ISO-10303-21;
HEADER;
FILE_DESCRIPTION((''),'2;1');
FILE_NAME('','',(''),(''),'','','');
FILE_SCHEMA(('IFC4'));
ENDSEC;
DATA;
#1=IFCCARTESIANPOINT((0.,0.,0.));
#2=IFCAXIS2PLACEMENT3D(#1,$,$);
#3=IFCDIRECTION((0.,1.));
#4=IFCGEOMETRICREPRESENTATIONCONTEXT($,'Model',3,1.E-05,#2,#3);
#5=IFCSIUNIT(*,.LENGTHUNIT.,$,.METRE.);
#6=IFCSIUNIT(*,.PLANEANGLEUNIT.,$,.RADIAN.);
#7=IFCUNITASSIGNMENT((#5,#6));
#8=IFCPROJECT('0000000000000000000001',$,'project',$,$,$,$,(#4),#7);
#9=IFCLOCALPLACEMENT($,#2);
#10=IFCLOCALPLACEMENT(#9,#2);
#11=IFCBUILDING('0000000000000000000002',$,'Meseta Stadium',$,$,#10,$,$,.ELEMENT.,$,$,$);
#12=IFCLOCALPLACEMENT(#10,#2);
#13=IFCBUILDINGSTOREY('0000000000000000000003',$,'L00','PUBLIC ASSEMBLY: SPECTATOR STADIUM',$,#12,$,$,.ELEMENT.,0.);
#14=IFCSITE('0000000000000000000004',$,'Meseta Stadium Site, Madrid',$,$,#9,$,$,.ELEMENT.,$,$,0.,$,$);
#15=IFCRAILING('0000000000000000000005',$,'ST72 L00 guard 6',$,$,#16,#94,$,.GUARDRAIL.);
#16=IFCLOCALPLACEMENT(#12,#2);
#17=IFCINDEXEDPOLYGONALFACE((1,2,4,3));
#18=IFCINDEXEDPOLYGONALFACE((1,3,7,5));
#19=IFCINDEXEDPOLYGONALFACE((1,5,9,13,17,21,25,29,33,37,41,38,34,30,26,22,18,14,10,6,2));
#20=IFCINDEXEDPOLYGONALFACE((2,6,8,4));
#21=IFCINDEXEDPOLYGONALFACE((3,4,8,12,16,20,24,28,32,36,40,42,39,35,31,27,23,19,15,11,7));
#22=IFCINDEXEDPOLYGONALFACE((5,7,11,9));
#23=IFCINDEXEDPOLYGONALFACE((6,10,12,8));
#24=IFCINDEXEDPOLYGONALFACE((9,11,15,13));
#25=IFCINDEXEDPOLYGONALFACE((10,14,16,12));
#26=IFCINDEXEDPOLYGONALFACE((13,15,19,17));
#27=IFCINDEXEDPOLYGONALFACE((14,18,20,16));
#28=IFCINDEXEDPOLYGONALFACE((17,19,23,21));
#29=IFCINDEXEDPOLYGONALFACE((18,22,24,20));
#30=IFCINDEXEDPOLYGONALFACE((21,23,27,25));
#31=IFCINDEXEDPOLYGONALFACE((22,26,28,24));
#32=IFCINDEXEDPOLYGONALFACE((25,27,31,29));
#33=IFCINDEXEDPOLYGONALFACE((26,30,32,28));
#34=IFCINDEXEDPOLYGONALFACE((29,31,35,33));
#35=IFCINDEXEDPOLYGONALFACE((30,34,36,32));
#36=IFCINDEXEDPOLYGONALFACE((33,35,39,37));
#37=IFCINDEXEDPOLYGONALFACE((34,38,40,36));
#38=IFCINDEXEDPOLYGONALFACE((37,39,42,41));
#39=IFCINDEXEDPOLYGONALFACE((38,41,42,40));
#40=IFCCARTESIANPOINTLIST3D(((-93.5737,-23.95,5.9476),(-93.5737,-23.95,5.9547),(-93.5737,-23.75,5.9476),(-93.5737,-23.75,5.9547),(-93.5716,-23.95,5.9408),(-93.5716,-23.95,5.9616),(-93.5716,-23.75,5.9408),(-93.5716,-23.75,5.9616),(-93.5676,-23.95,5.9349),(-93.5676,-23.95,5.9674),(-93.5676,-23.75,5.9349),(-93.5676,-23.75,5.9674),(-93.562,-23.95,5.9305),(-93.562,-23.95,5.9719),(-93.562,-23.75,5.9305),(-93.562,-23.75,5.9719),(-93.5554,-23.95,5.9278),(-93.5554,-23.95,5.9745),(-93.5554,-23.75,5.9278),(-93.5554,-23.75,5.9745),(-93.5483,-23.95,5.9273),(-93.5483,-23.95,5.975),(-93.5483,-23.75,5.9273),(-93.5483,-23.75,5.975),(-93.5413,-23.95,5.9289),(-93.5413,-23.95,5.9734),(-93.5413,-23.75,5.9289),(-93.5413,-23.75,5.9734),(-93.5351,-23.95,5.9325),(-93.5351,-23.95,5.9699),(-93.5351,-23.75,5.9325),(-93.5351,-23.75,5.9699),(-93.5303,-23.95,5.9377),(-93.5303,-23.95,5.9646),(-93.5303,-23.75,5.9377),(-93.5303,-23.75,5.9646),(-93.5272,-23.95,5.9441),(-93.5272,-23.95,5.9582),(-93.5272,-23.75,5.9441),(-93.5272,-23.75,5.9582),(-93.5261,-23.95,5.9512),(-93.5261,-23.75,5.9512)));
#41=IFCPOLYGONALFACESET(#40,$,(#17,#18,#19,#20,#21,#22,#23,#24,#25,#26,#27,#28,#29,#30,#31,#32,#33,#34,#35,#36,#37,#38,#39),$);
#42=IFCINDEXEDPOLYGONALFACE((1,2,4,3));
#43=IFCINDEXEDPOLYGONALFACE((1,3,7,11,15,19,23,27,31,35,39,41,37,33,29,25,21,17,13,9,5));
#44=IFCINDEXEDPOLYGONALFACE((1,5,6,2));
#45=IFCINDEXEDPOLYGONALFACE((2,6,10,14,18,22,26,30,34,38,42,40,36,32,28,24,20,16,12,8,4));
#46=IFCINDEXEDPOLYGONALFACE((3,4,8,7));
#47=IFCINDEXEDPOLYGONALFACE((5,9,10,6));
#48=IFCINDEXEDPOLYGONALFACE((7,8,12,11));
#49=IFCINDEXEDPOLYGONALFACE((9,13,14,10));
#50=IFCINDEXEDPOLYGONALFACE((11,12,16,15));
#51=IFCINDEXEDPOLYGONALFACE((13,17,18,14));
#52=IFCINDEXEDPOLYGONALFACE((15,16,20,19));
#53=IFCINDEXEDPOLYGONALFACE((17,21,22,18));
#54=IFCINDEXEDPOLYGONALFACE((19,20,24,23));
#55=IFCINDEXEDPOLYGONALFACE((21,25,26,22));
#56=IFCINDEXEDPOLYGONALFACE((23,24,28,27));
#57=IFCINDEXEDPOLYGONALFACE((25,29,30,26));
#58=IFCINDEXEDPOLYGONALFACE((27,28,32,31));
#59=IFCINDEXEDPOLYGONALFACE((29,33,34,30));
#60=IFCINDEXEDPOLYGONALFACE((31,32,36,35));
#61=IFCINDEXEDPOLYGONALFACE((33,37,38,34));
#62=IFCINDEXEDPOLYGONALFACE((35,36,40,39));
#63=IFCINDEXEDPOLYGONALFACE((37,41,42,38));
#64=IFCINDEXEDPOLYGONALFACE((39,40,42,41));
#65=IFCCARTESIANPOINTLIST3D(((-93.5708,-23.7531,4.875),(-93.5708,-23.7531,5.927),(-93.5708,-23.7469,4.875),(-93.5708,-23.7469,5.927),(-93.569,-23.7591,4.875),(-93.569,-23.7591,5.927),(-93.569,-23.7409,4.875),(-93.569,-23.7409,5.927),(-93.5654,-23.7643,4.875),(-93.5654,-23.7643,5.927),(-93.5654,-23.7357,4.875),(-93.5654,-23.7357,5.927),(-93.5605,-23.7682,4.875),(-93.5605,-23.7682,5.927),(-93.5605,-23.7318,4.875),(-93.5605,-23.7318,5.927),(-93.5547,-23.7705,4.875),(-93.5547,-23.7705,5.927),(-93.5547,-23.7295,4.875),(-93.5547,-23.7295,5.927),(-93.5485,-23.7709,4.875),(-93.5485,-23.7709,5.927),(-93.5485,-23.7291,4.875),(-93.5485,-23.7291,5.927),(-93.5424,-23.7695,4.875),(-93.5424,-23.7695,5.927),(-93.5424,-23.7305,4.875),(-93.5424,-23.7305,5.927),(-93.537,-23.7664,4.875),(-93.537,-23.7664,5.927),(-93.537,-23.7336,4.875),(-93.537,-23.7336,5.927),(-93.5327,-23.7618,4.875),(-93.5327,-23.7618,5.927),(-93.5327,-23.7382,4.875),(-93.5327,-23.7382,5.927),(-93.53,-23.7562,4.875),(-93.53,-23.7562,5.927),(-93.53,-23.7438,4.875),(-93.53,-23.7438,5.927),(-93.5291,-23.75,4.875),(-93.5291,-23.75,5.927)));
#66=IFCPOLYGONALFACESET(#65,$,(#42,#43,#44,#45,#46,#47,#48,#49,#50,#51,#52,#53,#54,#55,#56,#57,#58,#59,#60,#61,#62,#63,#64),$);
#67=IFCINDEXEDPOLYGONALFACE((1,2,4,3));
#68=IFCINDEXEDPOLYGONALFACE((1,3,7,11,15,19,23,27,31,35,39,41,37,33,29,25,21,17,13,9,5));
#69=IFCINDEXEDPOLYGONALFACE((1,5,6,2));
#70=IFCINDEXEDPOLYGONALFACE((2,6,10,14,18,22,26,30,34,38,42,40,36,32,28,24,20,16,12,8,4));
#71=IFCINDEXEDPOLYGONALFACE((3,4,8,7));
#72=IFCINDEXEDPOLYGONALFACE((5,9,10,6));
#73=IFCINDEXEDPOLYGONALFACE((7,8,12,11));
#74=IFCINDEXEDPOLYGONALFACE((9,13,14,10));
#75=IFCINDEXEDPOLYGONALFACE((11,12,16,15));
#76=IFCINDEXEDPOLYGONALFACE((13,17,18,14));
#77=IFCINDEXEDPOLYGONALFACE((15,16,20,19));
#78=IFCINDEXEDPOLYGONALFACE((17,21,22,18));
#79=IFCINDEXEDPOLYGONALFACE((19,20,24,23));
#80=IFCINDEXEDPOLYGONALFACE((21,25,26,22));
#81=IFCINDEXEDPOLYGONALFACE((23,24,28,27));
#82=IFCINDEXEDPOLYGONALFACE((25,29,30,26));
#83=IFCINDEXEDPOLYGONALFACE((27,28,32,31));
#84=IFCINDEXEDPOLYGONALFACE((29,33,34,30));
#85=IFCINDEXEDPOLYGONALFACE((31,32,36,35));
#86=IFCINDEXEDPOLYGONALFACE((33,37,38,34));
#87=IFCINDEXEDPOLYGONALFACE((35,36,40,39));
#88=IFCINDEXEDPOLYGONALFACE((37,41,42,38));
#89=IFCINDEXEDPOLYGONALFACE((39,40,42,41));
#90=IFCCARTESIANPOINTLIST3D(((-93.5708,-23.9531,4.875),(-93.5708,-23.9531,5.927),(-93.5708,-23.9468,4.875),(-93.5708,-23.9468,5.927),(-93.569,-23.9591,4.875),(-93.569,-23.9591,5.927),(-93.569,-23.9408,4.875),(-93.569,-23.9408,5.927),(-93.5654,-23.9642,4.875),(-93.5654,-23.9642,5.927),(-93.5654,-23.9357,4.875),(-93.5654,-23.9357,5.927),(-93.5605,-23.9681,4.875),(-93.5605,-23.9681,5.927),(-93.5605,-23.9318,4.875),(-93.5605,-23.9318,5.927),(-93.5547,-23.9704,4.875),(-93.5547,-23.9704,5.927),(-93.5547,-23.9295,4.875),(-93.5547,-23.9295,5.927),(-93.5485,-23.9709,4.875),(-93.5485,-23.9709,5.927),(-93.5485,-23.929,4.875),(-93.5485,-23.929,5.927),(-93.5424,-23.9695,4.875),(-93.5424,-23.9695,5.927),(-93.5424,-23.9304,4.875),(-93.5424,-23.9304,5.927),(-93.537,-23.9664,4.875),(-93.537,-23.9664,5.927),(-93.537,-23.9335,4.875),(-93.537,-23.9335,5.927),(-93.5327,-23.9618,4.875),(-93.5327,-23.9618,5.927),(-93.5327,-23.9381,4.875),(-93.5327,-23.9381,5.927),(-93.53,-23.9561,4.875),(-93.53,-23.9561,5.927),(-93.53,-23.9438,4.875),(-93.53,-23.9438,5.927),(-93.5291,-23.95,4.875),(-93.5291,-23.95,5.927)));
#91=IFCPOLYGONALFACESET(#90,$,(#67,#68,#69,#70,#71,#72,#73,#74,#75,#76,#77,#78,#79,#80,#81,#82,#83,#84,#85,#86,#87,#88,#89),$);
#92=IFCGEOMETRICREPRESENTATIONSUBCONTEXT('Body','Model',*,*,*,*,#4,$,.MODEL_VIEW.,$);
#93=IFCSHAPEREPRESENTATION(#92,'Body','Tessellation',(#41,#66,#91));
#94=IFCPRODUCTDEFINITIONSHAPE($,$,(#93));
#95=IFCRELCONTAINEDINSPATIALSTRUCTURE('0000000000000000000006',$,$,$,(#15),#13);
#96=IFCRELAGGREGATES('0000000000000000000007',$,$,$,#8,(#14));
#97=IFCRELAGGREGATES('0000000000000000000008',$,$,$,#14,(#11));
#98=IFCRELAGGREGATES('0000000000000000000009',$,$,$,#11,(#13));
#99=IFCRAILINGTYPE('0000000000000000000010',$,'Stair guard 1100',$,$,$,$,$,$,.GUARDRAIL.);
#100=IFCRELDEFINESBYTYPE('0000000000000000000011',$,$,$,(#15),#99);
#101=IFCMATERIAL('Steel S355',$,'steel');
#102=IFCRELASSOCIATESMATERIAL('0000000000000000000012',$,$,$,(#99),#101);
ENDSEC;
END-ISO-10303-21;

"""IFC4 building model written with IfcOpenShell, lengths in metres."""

from ifc_helpers import new_model, si_unit, direction, frame, origin, origin_2d, place, context, subcontext, project, spatial, circle, extrude, material, type_object, element, save


model = new_model("IFC4")

# Units and contexts
model_context = context("Model", 3, precision=1e-05, world=origin(), true_north=direction((0.0, 1.0)))
body_context = subcontext(model_context, "Body", "Model", "MODEL_VIEW")
ifc_project = project(units=[si_unit("LENGTHUNIT", "METRE"), si_unit("PLANEANGLEUNIT", "RADIAN")], contexts=[model_context])

# Site, building, storey
site_placement = place(None, origin())
site = spatial("IfcSite", under=ifc_project, at=site_placement, Name="Meseta Stadium Site, Madrid", CompositionType="ELEMENT", RefElevation=0.0)
building_placement = place(site_placement, origin())
building = spatial("IfcBuilding", under=site, at=building_placement, Name="Meseta Stadium", CompositionType="ELEMENT")
storey_placement = place(building_placement, origin())
storey = spatial("IfcBuildingStorey", under=building, at=storey_placement, Name="L00", Description="PUBLIC ASSEMBLY: SPECTATOR STADIUM", CompositionType="ELEMENT", Elevation=0.0)

# Railing
ifc_material_1 = material(Name="Steel S355", Category="steel")
railing_type_1 = type_object("IfcRailingType", Name="Stair guard 1100", PredefinedType="GUARDRAIL", material=ifc_material_1)
railing_1_placement = place(storey_placement, frame((-93.55, -23.75, 4.875)))
element("IfcRailing", 1, at=railing_1_placement, inside=storey, type_object=railing_type_1, Name="ST72 L00 guard 6", PredefinedType="GUARDRAIL", context=body_context, shape_type="SweptSolid", body=[
    extrude(circle(Radius=0.0239, at=origin_2d()), frame((0.0, 0.0, 1.0762), z_axis=(0.0, -1.0, 0.0), x_axis=(1.0, 0.0, 0.0)), (0.0, 0.0, 1.0), 0.2),
    extrude(circle(Radius=0.021, at=origin_2d()), origin(), (0.0, 0.0, 1.0), 1.052),
    extrude(circle(Radius=0.021, at=origin_2d()), frame((0.0, -0.2, 0.0)), (0.0, 0.0, 1.0), 1.052),
])

save(model, "model.ifc")
